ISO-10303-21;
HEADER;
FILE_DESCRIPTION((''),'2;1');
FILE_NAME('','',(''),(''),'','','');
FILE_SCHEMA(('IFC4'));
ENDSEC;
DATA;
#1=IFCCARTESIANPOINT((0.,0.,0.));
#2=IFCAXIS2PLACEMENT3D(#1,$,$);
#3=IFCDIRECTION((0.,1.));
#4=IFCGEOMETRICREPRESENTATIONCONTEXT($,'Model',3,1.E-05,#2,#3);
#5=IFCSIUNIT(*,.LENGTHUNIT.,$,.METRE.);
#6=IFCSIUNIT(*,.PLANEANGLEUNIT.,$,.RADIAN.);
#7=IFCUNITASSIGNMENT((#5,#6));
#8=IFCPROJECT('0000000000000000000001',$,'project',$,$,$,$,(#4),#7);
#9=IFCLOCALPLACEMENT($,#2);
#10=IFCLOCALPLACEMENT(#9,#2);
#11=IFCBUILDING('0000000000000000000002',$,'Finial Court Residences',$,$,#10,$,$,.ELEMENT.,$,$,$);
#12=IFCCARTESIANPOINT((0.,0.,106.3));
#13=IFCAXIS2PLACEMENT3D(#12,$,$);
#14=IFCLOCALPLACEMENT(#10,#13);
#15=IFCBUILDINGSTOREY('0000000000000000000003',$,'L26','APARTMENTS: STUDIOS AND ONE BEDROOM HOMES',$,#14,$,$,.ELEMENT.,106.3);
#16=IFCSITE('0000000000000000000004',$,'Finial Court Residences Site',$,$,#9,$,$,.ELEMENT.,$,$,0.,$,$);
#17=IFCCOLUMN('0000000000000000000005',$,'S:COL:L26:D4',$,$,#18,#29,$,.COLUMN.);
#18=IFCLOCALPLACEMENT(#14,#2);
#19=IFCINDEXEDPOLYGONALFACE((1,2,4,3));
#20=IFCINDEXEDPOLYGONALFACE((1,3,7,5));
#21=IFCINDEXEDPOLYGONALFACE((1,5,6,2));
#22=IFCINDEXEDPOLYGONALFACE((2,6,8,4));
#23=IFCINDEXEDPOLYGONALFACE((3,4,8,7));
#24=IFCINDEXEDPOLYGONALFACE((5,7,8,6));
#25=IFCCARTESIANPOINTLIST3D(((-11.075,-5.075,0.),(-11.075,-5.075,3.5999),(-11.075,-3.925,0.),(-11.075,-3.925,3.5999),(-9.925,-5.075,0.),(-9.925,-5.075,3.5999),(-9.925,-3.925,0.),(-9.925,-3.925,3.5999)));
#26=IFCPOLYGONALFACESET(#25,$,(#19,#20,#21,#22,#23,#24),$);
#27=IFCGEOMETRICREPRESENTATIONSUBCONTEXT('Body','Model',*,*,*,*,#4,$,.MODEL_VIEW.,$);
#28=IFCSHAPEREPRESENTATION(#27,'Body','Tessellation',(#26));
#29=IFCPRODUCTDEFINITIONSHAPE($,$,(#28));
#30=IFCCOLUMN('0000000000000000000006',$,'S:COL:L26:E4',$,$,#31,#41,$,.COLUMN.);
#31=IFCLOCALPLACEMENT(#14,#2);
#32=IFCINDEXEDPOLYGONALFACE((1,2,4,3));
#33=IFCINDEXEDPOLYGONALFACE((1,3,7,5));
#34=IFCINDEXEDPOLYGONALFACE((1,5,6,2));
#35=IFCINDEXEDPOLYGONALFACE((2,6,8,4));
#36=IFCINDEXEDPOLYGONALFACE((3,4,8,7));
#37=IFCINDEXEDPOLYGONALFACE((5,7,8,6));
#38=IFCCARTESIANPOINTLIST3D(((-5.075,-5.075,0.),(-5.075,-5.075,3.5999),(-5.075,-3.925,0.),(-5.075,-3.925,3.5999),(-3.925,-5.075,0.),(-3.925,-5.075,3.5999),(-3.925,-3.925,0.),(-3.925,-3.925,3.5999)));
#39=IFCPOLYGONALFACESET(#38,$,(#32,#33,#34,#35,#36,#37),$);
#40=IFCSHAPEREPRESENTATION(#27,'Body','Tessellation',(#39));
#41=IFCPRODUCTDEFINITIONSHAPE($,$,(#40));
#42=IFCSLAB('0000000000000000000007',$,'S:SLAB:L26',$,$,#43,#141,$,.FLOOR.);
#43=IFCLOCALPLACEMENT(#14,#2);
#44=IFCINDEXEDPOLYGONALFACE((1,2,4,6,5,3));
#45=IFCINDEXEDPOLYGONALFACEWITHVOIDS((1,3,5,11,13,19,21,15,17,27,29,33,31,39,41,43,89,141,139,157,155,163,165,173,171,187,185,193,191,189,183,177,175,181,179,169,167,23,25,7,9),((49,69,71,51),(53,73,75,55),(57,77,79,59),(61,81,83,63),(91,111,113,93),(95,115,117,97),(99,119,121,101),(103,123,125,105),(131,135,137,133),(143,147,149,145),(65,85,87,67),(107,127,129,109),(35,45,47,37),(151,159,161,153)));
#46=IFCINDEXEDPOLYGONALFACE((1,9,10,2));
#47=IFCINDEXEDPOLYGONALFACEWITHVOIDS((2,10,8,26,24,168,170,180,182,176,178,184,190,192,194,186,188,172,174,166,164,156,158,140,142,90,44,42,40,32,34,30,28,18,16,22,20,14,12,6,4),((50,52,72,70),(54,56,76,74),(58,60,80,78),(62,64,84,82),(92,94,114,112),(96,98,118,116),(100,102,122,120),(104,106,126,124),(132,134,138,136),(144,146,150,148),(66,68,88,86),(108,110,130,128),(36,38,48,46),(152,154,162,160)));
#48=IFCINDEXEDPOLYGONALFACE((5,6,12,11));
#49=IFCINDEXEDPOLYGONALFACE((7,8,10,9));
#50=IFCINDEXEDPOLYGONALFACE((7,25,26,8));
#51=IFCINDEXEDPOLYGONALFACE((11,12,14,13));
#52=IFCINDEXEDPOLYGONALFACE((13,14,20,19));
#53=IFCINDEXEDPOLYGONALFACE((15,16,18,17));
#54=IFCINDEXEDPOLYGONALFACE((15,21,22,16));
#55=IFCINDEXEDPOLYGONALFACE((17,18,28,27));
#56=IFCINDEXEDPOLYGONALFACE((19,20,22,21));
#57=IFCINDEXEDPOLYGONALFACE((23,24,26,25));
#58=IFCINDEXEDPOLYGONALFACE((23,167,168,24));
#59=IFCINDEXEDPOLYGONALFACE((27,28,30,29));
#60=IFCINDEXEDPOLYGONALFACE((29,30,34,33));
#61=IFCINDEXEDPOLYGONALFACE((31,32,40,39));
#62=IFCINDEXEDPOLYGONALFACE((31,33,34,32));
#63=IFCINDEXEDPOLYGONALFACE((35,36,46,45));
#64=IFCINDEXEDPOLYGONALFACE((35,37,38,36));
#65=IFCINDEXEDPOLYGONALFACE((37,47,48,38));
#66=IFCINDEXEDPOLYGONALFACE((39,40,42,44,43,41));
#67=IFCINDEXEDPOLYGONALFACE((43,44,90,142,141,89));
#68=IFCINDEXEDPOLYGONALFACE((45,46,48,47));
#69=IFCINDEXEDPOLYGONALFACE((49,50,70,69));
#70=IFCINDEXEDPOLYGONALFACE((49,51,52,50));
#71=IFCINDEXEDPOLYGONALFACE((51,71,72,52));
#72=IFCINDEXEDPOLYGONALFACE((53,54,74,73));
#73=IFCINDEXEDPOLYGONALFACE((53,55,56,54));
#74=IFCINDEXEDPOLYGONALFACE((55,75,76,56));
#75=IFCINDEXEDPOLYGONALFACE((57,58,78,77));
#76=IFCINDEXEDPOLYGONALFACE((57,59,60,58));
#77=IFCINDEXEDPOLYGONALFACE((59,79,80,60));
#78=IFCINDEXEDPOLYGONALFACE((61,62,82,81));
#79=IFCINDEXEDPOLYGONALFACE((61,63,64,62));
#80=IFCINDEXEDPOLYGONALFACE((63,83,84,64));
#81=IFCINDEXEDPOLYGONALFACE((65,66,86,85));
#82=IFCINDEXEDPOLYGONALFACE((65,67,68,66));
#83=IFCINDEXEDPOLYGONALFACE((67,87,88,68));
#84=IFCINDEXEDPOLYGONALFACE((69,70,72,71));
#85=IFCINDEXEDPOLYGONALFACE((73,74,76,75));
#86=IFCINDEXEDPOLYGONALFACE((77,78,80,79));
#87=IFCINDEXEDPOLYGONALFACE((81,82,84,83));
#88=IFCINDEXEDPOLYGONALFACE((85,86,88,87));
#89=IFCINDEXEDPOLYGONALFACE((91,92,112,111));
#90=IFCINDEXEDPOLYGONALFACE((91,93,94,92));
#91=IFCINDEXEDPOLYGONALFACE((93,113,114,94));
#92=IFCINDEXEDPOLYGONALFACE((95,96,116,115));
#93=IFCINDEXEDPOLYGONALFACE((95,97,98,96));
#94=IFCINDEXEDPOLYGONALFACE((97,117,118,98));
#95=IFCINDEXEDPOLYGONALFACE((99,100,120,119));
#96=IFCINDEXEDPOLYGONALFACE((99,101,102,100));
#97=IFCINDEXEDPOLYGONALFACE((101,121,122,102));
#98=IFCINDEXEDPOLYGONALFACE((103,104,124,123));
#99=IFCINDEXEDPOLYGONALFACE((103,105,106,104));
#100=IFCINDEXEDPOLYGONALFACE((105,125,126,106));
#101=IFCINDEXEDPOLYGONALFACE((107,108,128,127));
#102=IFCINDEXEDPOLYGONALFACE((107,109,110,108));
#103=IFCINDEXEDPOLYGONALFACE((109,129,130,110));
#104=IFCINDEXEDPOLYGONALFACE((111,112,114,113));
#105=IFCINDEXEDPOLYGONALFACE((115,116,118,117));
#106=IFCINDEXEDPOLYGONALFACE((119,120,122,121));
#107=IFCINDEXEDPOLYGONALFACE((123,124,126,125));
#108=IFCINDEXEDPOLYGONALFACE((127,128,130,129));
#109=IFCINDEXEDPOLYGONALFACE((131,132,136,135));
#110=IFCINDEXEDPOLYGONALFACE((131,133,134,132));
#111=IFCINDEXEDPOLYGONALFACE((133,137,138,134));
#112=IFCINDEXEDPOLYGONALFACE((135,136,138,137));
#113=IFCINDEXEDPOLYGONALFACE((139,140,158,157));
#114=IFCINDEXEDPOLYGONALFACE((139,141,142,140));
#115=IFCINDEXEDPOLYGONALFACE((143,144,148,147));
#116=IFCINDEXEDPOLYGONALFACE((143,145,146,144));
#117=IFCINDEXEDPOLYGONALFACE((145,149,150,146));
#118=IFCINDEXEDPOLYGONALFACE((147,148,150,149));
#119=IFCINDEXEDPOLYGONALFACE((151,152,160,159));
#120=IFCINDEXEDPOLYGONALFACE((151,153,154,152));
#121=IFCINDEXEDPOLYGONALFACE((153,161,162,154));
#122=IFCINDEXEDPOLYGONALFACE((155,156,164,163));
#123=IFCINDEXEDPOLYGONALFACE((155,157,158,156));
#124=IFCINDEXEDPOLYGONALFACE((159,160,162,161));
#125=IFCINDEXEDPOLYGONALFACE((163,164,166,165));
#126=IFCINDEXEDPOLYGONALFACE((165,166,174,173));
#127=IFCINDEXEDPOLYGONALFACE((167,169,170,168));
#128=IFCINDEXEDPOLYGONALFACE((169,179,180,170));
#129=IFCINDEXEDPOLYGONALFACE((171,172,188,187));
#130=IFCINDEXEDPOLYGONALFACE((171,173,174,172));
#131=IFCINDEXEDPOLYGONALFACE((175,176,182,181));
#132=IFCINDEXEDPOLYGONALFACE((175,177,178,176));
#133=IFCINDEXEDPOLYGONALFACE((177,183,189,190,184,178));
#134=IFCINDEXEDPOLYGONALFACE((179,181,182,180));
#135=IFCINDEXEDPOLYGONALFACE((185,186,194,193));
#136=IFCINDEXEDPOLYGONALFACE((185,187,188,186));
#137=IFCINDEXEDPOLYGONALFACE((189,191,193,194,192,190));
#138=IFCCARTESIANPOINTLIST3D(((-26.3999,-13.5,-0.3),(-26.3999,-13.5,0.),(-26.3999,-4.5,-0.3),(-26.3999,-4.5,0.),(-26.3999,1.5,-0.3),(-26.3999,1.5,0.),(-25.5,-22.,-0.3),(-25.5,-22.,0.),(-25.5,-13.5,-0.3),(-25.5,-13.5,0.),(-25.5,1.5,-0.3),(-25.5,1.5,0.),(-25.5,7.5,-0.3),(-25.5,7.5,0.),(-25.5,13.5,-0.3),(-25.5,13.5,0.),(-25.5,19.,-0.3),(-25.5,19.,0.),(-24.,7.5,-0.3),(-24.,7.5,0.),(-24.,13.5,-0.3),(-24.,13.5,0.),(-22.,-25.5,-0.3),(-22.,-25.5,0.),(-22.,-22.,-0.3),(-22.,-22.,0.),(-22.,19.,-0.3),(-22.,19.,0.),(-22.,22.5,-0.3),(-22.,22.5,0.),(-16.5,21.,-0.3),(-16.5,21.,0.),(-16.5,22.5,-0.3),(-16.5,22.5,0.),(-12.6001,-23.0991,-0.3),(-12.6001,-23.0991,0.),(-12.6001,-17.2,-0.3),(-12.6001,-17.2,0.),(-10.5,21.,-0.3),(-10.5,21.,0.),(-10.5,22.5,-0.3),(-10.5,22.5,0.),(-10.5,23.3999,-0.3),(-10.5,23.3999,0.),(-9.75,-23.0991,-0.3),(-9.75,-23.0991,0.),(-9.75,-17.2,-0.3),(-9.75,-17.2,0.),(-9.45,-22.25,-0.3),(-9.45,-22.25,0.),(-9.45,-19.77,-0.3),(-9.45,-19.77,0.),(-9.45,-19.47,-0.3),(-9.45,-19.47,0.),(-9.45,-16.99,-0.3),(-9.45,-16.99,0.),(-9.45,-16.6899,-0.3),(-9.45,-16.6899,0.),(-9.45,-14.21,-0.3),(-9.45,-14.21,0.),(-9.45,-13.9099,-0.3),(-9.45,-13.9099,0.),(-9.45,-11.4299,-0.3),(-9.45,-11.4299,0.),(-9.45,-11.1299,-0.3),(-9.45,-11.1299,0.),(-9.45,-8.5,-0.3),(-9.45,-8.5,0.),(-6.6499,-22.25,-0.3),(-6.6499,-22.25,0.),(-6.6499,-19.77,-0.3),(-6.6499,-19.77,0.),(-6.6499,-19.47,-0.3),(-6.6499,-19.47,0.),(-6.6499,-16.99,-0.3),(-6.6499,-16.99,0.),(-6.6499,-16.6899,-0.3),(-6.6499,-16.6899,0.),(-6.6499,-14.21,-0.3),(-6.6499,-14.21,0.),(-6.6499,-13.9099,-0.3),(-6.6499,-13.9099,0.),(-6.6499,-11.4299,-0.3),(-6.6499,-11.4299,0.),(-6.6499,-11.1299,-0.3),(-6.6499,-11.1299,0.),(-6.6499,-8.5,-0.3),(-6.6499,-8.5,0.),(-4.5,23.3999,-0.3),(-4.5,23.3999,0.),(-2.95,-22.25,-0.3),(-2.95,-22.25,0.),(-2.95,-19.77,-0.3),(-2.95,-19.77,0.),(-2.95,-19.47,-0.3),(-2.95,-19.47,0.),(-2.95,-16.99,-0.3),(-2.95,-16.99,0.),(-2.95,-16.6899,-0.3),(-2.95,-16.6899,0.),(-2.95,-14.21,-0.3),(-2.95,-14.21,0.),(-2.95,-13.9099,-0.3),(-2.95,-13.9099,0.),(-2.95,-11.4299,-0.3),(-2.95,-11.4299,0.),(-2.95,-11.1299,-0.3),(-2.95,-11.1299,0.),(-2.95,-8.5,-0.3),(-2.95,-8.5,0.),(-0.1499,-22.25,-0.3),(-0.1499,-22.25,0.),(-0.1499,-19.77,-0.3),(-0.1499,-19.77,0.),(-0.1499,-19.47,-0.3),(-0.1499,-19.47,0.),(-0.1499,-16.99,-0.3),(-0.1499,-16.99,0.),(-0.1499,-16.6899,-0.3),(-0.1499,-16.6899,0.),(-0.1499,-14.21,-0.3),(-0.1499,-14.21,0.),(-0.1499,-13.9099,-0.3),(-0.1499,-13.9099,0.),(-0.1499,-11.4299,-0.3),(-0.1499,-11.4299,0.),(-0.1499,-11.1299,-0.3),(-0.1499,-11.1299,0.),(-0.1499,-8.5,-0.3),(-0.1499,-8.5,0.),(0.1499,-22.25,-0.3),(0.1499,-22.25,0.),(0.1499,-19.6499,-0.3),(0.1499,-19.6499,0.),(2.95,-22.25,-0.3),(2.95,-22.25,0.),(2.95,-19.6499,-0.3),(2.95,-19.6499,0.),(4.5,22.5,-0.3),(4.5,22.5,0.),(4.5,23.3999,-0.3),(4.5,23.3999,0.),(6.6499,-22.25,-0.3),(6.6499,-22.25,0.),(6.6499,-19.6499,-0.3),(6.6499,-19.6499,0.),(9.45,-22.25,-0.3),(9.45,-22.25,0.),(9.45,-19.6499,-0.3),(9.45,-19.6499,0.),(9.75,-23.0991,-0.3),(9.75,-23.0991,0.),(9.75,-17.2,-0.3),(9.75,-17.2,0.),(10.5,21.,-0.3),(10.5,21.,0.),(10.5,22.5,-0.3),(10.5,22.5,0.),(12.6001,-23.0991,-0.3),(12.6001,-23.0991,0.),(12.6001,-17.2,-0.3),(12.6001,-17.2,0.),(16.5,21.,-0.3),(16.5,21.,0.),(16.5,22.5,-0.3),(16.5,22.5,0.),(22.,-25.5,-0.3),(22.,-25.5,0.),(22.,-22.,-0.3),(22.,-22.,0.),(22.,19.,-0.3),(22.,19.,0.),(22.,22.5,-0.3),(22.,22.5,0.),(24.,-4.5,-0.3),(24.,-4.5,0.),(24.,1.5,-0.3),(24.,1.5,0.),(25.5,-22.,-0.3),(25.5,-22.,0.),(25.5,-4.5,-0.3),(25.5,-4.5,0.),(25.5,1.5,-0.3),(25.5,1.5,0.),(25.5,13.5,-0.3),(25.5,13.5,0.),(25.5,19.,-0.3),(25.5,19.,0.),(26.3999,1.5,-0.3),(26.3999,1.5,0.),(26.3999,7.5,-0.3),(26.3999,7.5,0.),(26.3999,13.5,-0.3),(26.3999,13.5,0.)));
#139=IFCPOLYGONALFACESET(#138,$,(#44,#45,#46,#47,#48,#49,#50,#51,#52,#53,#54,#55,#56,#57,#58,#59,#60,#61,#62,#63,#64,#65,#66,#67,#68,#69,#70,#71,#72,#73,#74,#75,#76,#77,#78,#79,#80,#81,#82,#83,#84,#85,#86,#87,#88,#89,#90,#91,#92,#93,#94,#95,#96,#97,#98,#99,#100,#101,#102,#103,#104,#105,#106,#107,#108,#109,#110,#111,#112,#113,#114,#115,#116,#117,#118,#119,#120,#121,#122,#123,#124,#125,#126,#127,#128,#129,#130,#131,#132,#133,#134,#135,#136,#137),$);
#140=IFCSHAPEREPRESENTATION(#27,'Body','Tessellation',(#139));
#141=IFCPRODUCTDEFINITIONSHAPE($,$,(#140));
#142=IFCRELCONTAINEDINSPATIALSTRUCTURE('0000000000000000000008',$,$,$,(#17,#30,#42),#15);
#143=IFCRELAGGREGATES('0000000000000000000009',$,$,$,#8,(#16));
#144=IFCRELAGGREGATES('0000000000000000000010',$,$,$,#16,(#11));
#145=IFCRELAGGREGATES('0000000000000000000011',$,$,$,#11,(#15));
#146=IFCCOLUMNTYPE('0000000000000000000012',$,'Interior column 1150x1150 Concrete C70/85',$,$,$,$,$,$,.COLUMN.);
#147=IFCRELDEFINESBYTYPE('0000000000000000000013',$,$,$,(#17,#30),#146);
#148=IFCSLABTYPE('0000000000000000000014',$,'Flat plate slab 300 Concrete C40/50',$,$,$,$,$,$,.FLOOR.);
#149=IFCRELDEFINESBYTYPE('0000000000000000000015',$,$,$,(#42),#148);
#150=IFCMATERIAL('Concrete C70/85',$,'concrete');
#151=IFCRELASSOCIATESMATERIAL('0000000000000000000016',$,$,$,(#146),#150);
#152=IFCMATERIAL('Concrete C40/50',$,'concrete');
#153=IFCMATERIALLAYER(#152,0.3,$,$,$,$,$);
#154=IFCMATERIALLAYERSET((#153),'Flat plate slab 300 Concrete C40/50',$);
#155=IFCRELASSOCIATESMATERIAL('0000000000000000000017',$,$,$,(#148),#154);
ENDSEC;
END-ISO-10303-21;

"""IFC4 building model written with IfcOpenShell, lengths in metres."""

from ifc_helpers import new_model, si_unit, direction, frame, origin, origin_2d, place, context, subcontext, project, spatial, polyline, rectangle, outline, extrude, material, layer, layer_set, material_profile, profile_set, type_object, element, save


model = new_model("IFC4")

# Units and contexts
model_context = context("Model", 3, precision=1e-05, world=origin(), true_north=direction((0.0, 1.0)))
body_context = subcontext(model_context, "Body", "Model", "MODEL_VIEW")
ifc_project = project(units=[si_unit("LENGTHUNIT", "METRE"), si_unit("PLANEANGLEUNIT", "RADIAN")], contexts=[model_context])

# Site, building, storey
site_placement = place(None, origin())
site = spatial("IfcSite", under=ifc_project, at=site_placement, Name="Finial Court Residences Site", CompositionType="ELEMENT", RefElevation=0.0)
building_placement = place(site_placement, origin())
building = spatial("IfcBuilding", under=site, at=building_placement, Name="Finial Court Residences", CompositionType="ELEMENT")
storey_placement = place(building_placement, frame((0.0, 0.0, 106.3)))
storey = spatial("IfcBuildingStorey", under=building, at=storey_placement, Name="L26", Description="APARTMENTS: STUDIOS AND ONE BEDROOM HOMES", CompositionType="ELEMENT", Elevation=106.3)

# Columns
ifc_material_1 = material(Name="Concrete C70/85", Category="concrete")
ifc_material_profile = material_profile(ifc_material_1, rectangle(XDim=1.1499, YDim=1.1499, at=origin_2d()), Name="1150x1150")
ifc_profile_set = profile_set([ifc_material_profile], Name="Concrete C70/85")
column_type = type_object("IfcColumnType", Name="Interior column 1150x1150 Concrete C70/85", PredefinedType="COLUMN", material=ifc_profile_set)
for number, where, z_axis, x_axis, name in (
    (1, (-10.5, -4.5, 0.0), (0.0, 0.0, 1.0), (1.0, 0.0, 0.0), "S:COL:L26:D4"),
    (2, (-4.5, -4.5, 0.0), (0.0, 0.0, 1.0), (1.0, 0.0, 0.0), "S:COL:L26:E4"),
):
    element("IfcColumn", number, at=place(storey_placement, frame(where, z_axis=z_axis, x_axis=x_axis)), inside=storey, type_object=column_type, Name=name, PredefinedType="COLUMN", context=body_context, shape_type="SweptSolid", body=[
        extrude(rectangle(XDim=1.1499, YDim=1.1499, at=origin_2d()), origin(), (0.0, 0.0, 1.0), 3.5999),
    ])

# Slab
ifc_material_2 = material(Name="Concrete C40/50", Category="concrete")
ifc_layer_1 = layer(ifc_material_2, 0.3)
ifc_layer_set_1 = layer_set([ifc_layer_1], Name="Flat plate slab 300 Concrete C40/50")
slab_type = type_object("IfcSlabType", Name="Flat plate slab 300 Concrete C40/50", PredefinedType="FLOOR", material=ifc_layer_set_1)
slab_placement = place(storey_placement, frame((0.0, 0.0, -0.3)))
element("IfcSlab", 3, at=slab_placement, inside=storey, type_object=slab_type, Name="S:SLAB:L26", PredefinedType="FLOOR", context=body_context, shape_type="SweptSolid", body=[
    extrude(outline(polyline([(-26.3999, -13.5), (-26.3999, -4.5), (-26.3999, 1.5), (-25.5, 1.5), (-25.5, 7.5), (-24.0, 7.5), (-24.0, 13.5), (-25.5, 13.5), (-25.5, 19.0), (-22.0, 19.0), (-22.0, 22.5), (-16.5, 22.5), (-16.5, 21.0), (-10.5, 21.0), (-10.5, 22.5), (-10.5, 23.3999), (-4.5, 23.3999), (4.5, 23.3999), (4.5, 22.5), (10.5, 22.5), (10.5, 21.0), (16.5, 21.0), (16.5, 22.5), (22.0, 22.5), (22.0, 19.0), (25.5, 19.0), (25.5, 13.5), (26.3999, 13.5), (26.3999, 7.5), (26.3999, 1.5), (25.5, 1.5), (24.0, 1.5), (24.0, -4.5), (25.5, -4.5), (25.5, -22.0), (22.0, -22.0), (22.0, -25.5), (-22.0, -25.5), (-22.0, -22.0), (-25.5, -22.0), (-25.5, -13.5), (-26.3999, -13.5)]), holes=[polyline([(-6.6499, -19.77), (-9.45, -19.77), (-9.45, -22.25), (-6.6499, -22.25), (-6.6499, -19.77)]), polyline([(-9.75, -17.2), (-12.6001, -17.2), (-12.6001, -23.0991), (-9.75, -23.0991), (-9.75, -17.2)]), polyline([(-6.6499, -19.47), (-6.6499, -16.99), (-9.45, -16.99), (-9.45, -19.47), (-6.6499, -19.47)]), polyline([(-6.6499, -16.6899), (-6.6499, -14.21), (-9.45, -14.21), (-9.45, -16.6899), (-6.6499, -16.6899)]), polyline([(-6.6499, -13.9099), (-6.6499, -11.4299), (-9.45, -11.4299), (-9.45, -13.9099), (-6.6499, -13.9099)]), polyline([(-6.6499, -11.1299), (-6.6499, -8.5), (-9.45, -8.5), (-9.45, -11.1299), (-6.6499, -11.1299)]), polyline([(-0.1499, -11.1299), (-0.1499, -8.5), (-2.95, -8.5), (-2.95, -11.1299), (-0.1499, -11.1299)]), polyline([(-0.1499, -19.77), (-2.95, -19.77), (-2.95, -22.25), (-0.1499, -22.25), (-0.1499, -19.77)]), polyline([(2.95, -22.25), (2.95, -19.6499), (0.1499, -19.6499), (0.1499, -22.25), (2.95, -22.25)]), polyline([(9.45, -22.25), (9.45, -19.6499), (6.6499, -19.6499), (6.6499, -22.25), (9.45, -22.25)]), polyline([(12.6001, -17.2), (9.75, -17.2), (9.75, -23.0991), (12.6001, -23.0991), (12.6001, -17.2)]), polyline([(-0.1499, -19.47), (-0.1499, -16.99), (-2.95, -16.99), (-2.95, -19.47), (-0.1499, -19.47)]), polyline([(-0.1499, -16.6899), (-0.1499, -14.21), (-2.95, -14.21), (-2.95, -16.6899), (-0.1499, -16.6899)]), polyline([(-0.1499, -13.9099), (-0.1499, -11.4299), (-2.95, -11.4299), (-2.95, -13.9099), (-0.1499, -13.9099)])]), origin(), (0.0, 0.0, 1.0), 0.3),
])

save(model, "model.ifc")
